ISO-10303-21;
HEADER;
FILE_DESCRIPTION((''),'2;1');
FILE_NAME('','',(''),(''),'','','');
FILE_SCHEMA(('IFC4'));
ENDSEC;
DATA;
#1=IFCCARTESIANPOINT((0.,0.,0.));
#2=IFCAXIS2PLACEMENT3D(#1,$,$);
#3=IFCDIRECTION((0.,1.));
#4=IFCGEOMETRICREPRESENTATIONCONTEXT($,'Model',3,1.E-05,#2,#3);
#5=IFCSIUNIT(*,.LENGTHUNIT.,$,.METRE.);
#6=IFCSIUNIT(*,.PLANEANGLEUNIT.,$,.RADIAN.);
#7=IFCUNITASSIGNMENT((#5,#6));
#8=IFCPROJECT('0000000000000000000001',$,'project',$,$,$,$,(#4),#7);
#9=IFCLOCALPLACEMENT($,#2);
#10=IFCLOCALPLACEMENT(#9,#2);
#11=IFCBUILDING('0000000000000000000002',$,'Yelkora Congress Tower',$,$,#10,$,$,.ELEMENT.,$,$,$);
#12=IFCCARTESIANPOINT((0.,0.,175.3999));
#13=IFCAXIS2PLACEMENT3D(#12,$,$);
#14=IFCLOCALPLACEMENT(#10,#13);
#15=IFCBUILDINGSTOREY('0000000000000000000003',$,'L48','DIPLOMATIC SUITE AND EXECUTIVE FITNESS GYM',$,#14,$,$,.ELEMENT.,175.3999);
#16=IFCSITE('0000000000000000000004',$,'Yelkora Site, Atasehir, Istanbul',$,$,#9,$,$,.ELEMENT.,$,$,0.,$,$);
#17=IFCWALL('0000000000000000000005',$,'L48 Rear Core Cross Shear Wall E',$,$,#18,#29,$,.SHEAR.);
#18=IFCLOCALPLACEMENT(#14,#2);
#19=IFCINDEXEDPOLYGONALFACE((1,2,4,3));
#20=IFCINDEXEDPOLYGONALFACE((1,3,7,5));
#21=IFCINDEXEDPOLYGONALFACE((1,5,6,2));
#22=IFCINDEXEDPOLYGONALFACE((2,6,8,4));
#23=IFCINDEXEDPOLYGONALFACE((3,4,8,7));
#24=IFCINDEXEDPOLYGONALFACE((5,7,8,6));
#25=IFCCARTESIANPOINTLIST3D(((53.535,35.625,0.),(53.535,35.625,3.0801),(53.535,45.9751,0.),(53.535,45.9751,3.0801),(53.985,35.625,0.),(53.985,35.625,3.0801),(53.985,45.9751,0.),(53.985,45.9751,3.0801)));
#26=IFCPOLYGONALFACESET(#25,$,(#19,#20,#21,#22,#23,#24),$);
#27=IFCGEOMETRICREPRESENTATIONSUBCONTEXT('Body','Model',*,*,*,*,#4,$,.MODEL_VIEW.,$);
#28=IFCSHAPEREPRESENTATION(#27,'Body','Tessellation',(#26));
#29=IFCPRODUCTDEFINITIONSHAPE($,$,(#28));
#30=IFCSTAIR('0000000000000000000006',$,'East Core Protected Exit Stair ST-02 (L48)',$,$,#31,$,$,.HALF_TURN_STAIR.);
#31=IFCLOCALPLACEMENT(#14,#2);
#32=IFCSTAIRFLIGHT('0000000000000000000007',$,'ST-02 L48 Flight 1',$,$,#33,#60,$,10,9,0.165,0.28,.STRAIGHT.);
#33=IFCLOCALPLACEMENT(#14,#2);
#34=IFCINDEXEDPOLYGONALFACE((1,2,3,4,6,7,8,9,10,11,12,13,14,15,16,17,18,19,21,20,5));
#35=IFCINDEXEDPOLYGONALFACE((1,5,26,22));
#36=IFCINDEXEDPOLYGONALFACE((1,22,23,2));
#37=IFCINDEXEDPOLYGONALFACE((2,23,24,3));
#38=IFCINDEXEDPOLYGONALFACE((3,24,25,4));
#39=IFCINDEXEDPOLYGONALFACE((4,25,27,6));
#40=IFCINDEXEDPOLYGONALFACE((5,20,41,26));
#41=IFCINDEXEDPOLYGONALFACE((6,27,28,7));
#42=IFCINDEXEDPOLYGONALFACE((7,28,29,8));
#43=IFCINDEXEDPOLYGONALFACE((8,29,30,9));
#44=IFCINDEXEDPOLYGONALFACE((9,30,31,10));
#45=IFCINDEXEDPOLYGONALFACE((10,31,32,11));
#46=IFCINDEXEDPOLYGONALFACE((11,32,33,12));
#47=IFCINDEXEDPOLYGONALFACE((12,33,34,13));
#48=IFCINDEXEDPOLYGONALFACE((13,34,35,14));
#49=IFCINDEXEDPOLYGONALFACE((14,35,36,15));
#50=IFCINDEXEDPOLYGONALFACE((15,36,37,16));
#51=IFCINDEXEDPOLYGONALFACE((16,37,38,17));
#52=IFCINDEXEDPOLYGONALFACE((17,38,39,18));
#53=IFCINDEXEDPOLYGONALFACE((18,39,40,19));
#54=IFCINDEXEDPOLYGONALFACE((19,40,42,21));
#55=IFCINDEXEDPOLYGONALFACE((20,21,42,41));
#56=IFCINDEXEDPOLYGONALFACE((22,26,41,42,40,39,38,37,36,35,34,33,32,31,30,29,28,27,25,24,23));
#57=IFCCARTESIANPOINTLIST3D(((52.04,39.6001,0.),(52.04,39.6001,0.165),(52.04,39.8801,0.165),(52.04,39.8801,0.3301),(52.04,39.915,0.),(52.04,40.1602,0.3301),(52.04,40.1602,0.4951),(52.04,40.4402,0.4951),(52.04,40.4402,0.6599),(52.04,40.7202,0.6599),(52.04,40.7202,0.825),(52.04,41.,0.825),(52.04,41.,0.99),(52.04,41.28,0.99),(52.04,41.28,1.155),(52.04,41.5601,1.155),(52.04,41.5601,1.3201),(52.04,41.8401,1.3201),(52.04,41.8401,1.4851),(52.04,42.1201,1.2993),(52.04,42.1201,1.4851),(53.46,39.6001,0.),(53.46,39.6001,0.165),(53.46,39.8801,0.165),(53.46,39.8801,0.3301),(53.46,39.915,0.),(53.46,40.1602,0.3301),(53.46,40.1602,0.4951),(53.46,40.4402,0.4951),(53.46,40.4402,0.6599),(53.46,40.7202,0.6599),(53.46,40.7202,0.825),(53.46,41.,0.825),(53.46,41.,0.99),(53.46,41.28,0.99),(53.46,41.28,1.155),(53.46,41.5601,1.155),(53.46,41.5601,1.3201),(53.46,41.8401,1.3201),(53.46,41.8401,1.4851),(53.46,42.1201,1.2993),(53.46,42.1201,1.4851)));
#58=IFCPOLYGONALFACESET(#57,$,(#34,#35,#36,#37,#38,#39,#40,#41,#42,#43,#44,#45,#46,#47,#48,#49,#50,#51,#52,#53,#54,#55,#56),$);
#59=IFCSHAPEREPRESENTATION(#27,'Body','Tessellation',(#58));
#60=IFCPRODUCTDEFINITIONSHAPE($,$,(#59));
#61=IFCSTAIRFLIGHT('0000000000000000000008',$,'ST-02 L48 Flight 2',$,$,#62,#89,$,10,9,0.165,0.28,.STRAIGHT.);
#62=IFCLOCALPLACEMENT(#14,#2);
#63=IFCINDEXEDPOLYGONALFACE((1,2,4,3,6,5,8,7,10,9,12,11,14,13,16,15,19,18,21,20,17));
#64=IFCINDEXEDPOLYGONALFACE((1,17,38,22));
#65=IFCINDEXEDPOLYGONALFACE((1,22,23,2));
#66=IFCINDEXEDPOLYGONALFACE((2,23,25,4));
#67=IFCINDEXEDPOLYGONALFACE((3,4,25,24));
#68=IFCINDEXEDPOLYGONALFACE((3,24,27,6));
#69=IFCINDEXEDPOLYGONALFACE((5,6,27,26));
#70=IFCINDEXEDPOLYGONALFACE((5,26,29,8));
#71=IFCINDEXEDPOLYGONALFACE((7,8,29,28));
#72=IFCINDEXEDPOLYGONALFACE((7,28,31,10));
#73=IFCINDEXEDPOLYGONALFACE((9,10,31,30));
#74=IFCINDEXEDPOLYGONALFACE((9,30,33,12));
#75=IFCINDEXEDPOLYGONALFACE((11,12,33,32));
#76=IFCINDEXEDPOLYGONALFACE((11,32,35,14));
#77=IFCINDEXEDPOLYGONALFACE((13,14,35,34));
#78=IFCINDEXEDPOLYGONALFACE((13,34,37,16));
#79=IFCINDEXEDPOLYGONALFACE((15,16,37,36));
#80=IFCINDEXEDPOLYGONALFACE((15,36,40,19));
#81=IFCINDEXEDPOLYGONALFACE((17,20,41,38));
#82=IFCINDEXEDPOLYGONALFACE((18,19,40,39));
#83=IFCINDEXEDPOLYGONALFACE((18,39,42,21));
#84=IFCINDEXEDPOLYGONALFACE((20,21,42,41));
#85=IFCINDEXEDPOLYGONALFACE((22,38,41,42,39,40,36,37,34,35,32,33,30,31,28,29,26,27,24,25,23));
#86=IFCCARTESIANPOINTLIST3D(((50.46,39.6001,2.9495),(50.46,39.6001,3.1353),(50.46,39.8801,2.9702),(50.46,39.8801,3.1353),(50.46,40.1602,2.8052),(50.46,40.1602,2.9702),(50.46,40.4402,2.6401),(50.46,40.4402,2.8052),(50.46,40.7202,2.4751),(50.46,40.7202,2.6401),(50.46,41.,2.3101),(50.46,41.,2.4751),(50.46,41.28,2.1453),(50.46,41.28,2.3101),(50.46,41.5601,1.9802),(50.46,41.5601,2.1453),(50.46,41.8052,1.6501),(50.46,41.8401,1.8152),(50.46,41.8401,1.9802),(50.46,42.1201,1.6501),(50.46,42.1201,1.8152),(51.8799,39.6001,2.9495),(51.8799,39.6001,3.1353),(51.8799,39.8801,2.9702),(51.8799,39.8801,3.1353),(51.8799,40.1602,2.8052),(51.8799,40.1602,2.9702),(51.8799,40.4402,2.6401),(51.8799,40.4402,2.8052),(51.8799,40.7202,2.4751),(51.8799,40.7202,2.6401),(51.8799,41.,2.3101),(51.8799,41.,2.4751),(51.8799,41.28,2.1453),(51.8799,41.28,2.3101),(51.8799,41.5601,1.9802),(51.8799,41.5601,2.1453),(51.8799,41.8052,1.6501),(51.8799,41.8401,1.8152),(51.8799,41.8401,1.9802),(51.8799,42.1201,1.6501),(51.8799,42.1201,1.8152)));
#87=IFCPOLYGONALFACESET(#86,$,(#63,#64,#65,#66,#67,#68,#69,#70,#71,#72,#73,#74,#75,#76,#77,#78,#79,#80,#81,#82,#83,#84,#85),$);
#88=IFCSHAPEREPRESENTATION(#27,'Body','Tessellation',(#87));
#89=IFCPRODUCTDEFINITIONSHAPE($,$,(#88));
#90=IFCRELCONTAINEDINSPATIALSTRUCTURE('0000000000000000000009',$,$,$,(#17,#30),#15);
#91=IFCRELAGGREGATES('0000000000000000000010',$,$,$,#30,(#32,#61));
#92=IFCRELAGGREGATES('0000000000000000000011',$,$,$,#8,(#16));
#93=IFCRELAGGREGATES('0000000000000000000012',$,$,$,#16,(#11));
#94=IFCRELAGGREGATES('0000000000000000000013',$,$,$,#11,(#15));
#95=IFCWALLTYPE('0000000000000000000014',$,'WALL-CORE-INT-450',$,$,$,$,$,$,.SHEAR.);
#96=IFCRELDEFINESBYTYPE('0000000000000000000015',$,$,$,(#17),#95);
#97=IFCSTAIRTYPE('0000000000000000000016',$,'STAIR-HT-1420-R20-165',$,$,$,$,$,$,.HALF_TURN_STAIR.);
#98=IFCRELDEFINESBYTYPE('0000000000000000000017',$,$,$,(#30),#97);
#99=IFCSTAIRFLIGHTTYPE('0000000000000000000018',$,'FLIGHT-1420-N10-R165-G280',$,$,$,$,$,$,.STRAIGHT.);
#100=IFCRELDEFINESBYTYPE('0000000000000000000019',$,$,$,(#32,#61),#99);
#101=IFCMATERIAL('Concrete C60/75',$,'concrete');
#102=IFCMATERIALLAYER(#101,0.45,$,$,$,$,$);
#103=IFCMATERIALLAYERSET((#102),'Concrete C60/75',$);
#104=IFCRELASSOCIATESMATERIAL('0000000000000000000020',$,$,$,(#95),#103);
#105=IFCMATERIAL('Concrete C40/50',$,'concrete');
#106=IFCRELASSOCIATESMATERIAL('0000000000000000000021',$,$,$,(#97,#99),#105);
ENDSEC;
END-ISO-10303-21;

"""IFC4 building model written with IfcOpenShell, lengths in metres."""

from ifc_helpers import new_model, si_unit, direction, frame, frame_2d, origin, place, context, subcontext, project, spatial, polyline, rectangle, outline, extrude, material, layer, layer_set, type_object, element, aggregate, save


model = new_model("IFC4")

# Units and contexts
model_context = context("Model", 3, precision=1e-05, world=origin(), true_north=direction((0.0, 1.0)))
body_context = subcontext(model_context, "Body", "Model", "MODEL_VIEW")
ifc_project = project(units=[si_unit("LENGTHUNIT", "METRE"), si_unit("PLANEANGLEUNIT", "RADIAN")], contexts=[model_context])

# Site, building, storey
site_placement = place(None, origin())
site = spatial("IfcSite", under=ifc_project, at=site_placement, Name="Yelkora Site, Atasehir, Istanbul", CompositionType="ELEMENT", RefElevation=0.0)
building_placement = place(site_placement, origin())
building = spatial("IfcBuilding", under=site, at=building_placement, Name="Yelkora Congress Tower", CompositionType="ELEMENT")
storey_placement = place(building_placement, frame((0.0, 0.0, 175.3999)))
storey = spatial("IfcBuildingStorey", under=building, at=storey_placement, Name="L48", Description="DIPLOMATIC SUITE AND EXECUTIVE FITNESS GYM", CompositionType="ELEMENT", Elevation=175.3999)

# Wall
ifc_material_1 = material(Name="Concrete C60/75", Category="concrete")
ifc_layer_1 = layer(ifc_material_1, 0.45)
ifc_layer_set_1 = layer_set([ifc_layer_1], Name="Concrete C60/75")
wall_type = type_object("IfcWallType", Name="WALL-CORE-INT-450", PredefinedType="SHEAR", material=ifc_layer_set_1)
wall_1_placement = place(storey_placement, frame((53.76, 35.625, 0.0), z_axis=(0.0, 0.0, 1.0), x_axis=(0.0, 1.0, 0.0)))
element("IfcWall", 1, at=wall_1_placement, inside=storey, type_object=wall_type, Name="L48 Rear Core Cross Shear Wall E", PredefinedType="SHEAR", context=body_context, shape_type="SweptSolid", body=[
    extrude(rectangle(XDim=10.3501, YDim=0.45, at=frame_2d((5.175, 0.0))), origin(), (0.0, 0.0, 1.0), 3.0801),
])

# Stair, stair flights
ifc_material_2 = material(Name="Concrete C40/50", Category="concrete")
stair_type = type_object("IfcStairType", Name="STAIR-HT-1420-R20-165", PredefinedType="HALF_TURN_STAIR", material=ifc_material_2)
stair_placement = place(storey_placement, origin())
stair = element("IfcStair", 2, at=stair_placement, inside=storey, type_object=stair_type, Name="East Core Protected Exit Stair ST-02 (L48)", PredefinedType="HALF_TURN_STAIR")
stair_flight_type = type_object("IfcStairFlightType", Name="FLIGHT-1420-N10-R165-G280", PredefinedType="STRAIGHT", material=ifc_material_2)
stair_flight_1_placement = place(storey_placement, frame((52.75, 39.6001, 0.0), z_axis=(0.0, 0.0, 1.0), x_axis=(0.0, 1.0, 0.0)))
stair_flight_1 = element("IfcStairFlight", 3, at=stair_flight_1_placement, type_object=stair_flight_type, Name="ST-02 L48 Flight 1", NumberOfRisers=10, NumberOfTreads=9, PredefinedType="STRAIGHT", RiserHeight=0.165, TreadLength=0.28, context=body_context, shape_type="SweptSolid", body=[
    extrude(outline(polyline([(0.0, 0.0), (0.0, 0.165), (0.28, 0.165), (0.28, 0.3301), (0.5601, 0.3301), (0.5601, 0.4951), (0.8401, 0.4951), (0.8401, 0.6599), (1.1201, 0.6599), (1.1201, 0.825), (1.3999, 0.825), (1.3999, 0.99), (1.6799, 0.99), (1.6799, 1.155), (1.96, 1.155), (1.96, 1.3201), (2.24, 1.3201), (2.24, 1.4851), (2.52, 1.4851), (2.52, 1.6499), (2.52, 1.2993), (0.3149, 0.0), (0.0, 0.0)])), frame((0.0, 0.71, 0.0), z_axis=(0.0, -1.0, 0.0), x_axis=(1.0, 0.0, 0.0)), (0.0, 0.0, 1.0), 1.4199),
])
stair_flight_2_placement = place(storey_placement, frame((51.1699, 42.1201, 1.6501), z_axis=(0.0, 0.0, 1.0), x_axis=(0.0, -1.0, 0.0)))
stair_flight_2 = element("IfcStairFlight", 4, at=stair_flight_2_placement, type_object=stair_flight_type, Name="ST-02 L48 Flight 2", NumberOfRisers=10, NumberOfTreads=9, PredefinedType="STRAIGHT", RiserHeight=0.165, TreadLength=0.28, context=body_context, shape_type="SweptSolid", body=[
    extrude(outline(polyline([(0.0, 0.0), (0.0, 0.165), (0.28, 0.165), (0.28, 0.3301), (0.5601, 0.3301), (0.5601, 0.4951), (0.8401, 0.4951), (0.8401, 0.6599), (1.1201, 0.6599), (1.1201, 0.825), (1.3999, 0.825), (1.3999, 0.99), (1.6799, 0.99), (1.6799, 1.155), (1.96, 1.155), (1.96, 1.3201), (2.24, 1.3201), (2.24, 1.4851), (2.52, 1.4851), (2.52, 1.6499), (2.52, 1.2993), (0.3149, 0.0), (0.0, 0.0)])), frame((0.0, 0.71, 0.0), z_axis=(0.0, -1.0, 0.0), x_axis=(1.0, 0.0, 0.0)), (0.0, 0.0, 1.0), 1.4199),
])
aggregate(stair, [stair_flight_1, stair_flight_2])

save(model, "model.ifc")
